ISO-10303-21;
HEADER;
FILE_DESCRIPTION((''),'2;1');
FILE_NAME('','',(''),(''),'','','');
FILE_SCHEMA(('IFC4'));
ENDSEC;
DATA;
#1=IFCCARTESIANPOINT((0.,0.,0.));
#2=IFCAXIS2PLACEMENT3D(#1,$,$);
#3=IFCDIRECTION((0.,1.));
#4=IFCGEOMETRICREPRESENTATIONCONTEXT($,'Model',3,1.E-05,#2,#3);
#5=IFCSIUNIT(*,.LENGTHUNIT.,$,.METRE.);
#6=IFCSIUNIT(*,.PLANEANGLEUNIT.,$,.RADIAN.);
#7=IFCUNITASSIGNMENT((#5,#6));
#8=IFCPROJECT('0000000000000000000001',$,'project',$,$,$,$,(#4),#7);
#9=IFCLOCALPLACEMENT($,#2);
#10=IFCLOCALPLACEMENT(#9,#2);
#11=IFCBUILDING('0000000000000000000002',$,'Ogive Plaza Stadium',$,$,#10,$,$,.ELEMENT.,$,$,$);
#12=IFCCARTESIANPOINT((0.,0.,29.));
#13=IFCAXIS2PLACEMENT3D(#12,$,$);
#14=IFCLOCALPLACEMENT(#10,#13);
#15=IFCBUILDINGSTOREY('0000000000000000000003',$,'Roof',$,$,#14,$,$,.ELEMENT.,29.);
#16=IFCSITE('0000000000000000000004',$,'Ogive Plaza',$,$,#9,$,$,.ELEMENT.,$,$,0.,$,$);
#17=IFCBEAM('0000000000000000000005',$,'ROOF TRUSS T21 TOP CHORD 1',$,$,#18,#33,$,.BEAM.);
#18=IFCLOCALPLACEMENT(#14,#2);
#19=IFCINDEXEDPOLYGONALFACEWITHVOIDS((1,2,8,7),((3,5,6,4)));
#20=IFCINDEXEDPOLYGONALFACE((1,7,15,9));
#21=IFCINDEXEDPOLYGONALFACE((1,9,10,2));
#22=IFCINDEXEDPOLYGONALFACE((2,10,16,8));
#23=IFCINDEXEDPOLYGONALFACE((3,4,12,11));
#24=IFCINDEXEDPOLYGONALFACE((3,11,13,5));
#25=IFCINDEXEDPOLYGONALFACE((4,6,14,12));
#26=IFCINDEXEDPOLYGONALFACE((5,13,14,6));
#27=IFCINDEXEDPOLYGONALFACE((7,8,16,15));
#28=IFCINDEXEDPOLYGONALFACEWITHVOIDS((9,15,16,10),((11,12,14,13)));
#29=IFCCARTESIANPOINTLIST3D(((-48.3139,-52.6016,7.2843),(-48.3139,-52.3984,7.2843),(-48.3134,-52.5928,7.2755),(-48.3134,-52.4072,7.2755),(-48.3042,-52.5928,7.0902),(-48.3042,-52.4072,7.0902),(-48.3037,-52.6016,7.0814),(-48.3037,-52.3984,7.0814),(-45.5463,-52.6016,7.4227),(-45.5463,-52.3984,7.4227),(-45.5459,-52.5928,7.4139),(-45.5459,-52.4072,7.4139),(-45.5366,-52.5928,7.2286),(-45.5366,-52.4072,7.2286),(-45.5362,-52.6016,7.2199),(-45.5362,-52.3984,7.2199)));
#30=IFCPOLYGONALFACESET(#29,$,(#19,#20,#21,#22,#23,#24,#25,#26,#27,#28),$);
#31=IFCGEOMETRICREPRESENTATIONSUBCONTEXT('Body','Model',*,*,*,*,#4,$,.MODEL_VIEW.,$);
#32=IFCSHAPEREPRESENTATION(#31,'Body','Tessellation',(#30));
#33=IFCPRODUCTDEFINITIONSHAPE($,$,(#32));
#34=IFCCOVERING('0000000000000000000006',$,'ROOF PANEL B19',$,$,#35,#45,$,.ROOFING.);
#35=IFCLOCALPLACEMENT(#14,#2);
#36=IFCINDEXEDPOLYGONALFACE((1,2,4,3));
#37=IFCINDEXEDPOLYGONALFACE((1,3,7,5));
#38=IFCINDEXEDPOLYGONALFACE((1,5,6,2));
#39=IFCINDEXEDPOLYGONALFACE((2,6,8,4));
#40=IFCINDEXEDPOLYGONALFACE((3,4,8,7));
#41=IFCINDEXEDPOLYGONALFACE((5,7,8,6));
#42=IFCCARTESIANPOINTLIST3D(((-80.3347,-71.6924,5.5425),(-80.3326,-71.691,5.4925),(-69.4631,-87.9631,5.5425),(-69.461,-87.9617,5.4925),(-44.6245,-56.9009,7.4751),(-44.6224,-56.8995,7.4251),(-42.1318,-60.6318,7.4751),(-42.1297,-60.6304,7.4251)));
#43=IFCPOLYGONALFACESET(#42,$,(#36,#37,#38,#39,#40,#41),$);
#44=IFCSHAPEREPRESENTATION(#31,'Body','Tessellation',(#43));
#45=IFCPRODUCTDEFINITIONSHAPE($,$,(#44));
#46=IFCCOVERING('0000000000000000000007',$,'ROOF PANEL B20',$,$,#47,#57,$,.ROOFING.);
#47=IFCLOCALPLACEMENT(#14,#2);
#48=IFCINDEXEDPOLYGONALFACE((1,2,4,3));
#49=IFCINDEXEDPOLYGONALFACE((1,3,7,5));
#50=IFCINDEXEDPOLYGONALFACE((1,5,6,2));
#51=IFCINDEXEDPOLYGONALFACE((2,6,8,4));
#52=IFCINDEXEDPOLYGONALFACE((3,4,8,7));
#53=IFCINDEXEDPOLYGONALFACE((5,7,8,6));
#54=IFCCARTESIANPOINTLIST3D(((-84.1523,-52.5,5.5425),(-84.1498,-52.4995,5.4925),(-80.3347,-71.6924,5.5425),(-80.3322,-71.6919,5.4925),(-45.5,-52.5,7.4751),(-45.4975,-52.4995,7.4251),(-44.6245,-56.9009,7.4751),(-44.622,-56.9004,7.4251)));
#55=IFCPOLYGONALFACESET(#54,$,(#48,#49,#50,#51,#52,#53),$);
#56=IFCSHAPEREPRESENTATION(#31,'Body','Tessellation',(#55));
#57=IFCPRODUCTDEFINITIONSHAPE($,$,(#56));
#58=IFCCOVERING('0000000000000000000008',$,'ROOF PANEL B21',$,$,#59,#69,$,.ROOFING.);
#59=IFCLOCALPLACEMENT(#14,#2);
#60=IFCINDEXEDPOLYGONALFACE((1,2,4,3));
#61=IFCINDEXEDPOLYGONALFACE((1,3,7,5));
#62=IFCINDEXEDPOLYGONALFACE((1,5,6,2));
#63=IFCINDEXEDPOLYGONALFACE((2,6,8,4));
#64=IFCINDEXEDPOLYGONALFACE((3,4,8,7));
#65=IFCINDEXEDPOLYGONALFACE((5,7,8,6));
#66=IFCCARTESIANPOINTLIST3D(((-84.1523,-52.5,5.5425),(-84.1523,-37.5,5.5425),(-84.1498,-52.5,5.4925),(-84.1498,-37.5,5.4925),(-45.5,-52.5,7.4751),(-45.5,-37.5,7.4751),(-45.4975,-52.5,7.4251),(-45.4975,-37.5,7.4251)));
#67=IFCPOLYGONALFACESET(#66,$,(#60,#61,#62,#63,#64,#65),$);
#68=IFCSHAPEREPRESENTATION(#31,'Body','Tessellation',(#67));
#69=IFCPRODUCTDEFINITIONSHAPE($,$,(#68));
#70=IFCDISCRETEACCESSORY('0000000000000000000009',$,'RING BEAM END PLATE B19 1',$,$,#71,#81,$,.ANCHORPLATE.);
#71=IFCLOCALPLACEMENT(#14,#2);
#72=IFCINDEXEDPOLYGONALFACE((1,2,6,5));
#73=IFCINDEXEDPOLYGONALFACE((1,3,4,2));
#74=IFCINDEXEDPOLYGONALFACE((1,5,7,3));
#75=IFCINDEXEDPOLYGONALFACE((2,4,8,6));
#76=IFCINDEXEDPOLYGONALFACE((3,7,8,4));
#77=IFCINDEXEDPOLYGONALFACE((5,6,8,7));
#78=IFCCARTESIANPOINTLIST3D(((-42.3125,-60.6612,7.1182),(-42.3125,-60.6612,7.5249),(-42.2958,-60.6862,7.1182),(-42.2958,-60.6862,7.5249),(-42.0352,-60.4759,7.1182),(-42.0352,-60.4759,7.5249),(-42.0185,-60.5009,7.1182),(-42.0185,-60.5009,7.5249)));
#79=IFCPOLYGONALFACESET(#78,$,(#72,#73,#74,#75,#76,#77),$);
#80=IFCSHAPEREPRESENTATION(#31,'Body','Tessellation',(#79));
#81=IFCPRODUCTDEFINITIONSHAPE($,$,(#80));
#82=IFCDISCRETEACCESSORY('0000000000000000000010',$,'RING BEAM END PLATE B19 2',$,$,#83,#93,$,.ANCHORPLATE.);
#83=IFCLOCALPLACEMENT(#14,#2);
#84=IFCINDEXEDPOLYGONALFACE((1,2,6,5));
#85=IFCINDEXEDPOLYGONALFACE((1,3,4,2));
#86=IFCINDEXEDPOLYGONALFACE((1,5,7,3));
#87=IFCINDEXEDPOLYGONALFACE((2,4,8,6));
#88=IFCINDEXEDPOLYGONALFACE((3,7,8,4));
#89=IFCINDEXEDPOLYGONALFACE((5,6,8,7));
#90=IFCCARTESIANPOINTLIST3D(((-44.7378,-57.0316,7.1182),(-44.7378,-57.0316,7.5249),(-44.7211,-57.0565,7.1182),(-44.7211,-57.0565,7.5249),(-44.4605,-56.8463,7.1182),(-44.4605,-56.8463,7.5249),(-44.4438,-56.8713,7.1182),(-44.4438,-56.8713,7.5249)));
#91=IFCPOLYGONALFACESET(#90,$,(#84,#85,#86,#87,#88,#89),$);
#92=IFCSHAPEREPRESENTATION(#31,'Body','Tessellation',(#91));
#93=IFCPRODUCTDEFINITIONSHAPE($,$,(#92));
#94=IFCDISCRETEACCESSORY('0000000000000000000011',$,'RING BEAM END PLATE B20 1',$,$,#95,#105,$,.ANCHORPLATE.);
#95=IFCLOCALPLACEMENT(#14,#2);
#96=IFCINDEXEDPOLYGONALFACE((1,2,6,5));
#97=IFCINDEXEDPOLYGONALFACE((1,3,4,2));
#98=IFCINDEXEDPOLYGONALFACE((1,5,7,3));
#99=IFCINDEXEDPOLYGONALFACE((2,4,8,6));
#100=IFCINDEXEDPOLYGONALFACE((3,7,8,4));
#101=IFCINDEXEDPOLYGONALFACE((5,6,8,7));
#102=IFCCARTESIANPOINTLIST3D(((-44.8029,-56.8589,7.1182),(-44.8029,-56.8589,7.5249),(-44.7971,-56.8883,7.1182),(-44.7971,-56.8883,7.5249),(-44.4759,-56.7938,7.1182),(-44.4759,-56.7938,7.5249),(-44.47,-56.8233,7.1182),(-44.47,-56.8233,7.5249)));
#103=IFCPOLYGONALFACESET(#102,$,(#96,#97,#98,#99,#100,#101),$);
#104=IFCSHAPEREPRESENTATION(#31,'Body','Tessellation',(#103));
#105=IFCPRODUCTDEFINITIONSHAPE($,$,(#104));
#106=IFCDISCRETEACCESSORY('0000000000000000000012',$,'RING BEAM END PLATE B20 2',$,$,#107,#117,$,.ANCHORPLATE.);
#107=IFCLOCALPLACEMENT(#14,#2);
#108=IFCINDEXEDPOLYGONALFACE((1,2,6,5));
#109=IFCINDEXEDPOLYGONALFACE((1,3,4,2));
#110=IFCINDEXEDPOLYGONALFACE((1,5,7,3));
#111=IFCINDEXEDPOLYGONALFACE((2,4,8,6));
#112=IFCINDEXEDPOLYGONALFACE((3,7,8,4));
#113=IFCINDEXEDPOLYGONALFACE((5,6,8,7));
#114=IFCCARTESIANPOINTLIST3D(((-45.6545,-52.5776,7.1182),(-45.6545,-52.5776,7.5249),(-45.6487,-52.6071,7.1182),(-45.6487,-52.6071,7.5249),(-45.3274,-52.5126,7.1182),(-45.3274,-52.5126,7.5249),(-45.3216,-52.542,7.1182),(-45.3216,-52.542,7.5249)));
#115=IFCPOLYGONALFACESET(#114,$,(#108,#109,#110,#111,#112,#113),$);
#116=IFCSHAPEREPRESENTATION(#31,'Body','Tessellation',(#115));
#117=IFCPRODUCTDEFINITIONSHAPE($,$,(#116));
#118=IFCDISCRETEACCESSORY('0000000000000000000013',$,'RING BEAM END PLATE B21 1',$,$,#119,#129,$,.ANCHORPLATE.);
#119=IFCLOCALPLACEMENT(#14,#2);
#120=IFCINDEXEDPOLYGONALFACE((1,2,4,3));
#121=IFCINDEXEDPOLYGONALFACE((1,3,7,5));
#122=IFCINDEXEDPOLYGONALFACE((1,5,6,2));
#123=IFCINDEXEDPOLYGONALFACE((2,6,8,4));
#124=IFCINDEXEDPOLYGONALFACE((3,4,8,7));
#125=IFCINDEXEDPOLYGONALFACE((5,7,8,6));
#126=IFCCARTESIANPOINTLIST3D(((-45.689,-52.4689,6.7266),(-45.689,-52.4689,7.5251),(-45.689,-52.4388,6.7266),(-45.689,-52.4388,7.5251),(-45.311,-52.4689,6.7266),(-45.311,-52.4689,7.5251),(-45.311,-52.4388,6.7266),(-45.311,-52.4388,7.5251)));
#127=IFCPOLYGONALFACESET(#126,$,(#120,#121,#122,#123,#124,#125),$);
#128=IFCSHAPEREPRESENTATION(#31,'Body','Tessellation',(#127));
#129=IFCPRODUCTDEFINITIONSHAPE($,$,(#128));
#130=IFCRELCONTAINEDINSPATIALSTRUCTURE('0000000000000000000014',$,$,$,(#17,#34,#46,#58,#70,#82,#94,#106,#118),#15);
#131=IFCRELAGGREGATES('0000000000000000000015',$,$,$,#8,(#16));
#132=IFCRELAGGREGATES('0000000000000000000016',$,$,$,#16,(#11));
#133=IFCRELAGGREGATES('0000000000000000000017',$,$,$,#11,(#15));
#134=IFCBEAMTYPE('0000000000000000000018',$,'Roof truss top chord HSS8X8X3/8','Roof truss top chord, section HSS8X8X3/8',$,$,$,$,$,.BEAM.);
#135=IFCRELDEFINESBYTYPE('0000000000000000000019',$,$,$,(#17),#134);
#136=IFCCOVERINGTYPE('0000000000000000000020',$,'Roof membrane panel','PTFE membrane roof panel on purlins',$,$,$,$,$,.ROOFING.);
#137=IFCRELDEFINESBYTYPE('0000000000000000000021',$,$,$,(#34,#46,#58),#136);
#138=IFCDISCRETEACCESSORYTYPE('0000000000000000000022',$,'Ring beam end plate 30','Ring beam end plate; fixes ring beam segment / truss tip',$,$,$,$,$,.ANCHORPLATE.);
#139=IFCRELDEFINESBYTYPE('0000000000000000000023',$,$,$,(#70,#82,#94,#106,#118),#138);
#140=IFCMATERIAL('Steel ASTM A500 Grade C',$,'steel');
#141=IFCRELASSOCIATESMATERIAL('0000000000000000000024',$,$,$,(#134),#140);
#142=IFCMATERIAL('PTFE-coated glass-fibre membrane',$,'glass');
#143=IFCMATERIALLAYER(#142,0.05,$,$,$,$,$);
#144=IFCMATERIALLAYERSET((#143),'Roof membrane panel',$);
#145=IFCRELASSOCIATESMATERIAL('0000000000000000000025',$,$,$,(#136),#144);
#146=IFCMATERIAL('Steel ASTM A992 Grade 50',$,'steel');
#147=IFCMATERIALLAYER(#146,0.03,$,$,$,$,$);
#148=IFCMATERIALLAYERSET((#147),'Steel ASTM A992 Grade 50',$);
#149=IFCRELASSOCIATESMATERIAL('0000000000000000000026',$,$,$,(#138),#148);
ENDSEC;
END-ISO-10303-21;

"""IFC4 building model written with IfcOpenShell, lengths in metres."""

from ifc_helpers import new_model, si_unit, direction, frame, origin, origin_2d, place, context, subcontext, project, spatial, polyline, rectangle, hollow_rectangle, outline, extrude, material, layer, layer_set, material_profile, profile_set, type_object, element, save


model = new_model("IFC4")

# Units and contexts
model_context = context("Model", 3, precision=1e-05, world=origin(), true_north=direction((0.0, 1.0)))
body_context = subcontext(model_context, "Body", "Model", "MODEL_VIEW")
ifc_project = project(units=[si_unit("LENGTHUNIT", "METRE"), si_unit("PLANEANGLEUNIT", "RADIAN")], contexts=[model_context])

# Site, building, storey
site_placement = place(None, origin())
site = spatial("IfcSite", under=ifc_project, at=site_placement, Name="Ogive Plaza", CompositionType="ELEMENT", RefElevation=0.0)
building_placement = place(site_placement, origin())
building = spatial("IfcBuilding", under=site, at=building_placement, Name="Ogive Plaza Stadium", CompositionType="ELEMENT")
storey_placement = place(building_placement, frame((0.0, 0.0, 29.0)))
storey = spatial("IfcBuildingStorey", under=building, at=storey_placement, Name="Roof", CompositionType="ELEMENT", Elevation=29.0)

# Beam
ifc_material_1 = material(Name="Steel ASTM A500 Grade C", Category="steel")
ifc_material_profile_1 = material_profile(ifc_material_1, hollow_rectangle(XDim=0.2031, YDim=0.2031, WallThickness=0.0088, at=origin_2d()), Name="HSS8X8X3/8")
ifc_profile_set_1 = profile_set([ifc_material_profile_1], Name="Steel ASTM A500 Grade C")
beam_type_1 = type_object("IfcBeamType", Name="Roof truss top chord HSS8X8X3/8", Description="Roof truss top chord, section HSS8X8X3/8", PredefinedType="BEAM", material=ifc_profile_set_1)
beam_1_placement = place(storey_placement, frame((-45.5413, -52.5, 7.3213), z_axis=(-0.998751, 0.0, -0.049955), x_axis=(0.0, -1.0, 0.0)))
element("IfcBeam", 1, at=beam_1_placement, inside=storey, type_object=beam_type_1, Name="ROOF TRUSS T21 TOP CHORD 1", PredefinedType="BEAM", context=body_context, shape_type="SweptSolid", body=[
    extrude(hollow_rectangle(XDim=0.2031, YDim=0.2031, WallThickness=0.0088, at=origin_2d()), origin(), (0.0, 0.0, 1.0), 2.771),
])

# Coverings
ifc_material_2 = material(Name="PTFE-coated glass-fibre membrane", Category="glass")
ifc_layer_1 = layer(ifc_material_2, 0.05)
ifc_layer_set_1 = layer_set([ifc_layer_1], Name="Roof membrane panel")
covering_type = type_object("IfcCoveringType", Name="Roof membrane panel", Description="PTFE membrane roof panel on purlins", PredefinedType="ROOFING", material=ifc_layer_set_1)
covering_1_placement = place(storey_placement, frame((-42.1318, -60.6318, 7.4751), z_axis=(-0.042333, -0.028285, 0.998703), x_axis=(-0.706225, -0.706225, -0.049937)))
element("IfcCovering", 2, at=covering_1_placement, inside=storey, type_object=covering_type, Name="ROOF PANEL B19", PredefinedType="ROOFING", context=body_context, shape_type="SweptSolid", body=[
    extrude(outline(polyline([(0.0, 0.0), (38.7006, 0.0), (34.8876, -19.1935), (-0.8745, -4.401), (0.0, 0.0)])), origin(), (0.0, 0.0, -1.0), 0.05),
])
covering_2_placement = place(storey_placement, frame((-44.6245, -56.9009, 7.4751), z_axis=(-0.049935, -0.009933, 0.998703), x_axis=(-0.922728, -0.382203, -0.049938)))
element("IfcCovering", 3, at=covering_2_placement, inside=storey, type_object=covering_type, Name="ROOF PANEL B20", PredefinedType="ROOFING", context=body_context, shape_type="SweptSolid", body=[
    extrude(outline(polyline([(0.0, 0.0), (38.7007, 0.0), (34.8879, -19.1934), (-0.8742, -4.4011), (0.0, 0.0)])), origin(), (0.0, 0.0, -1.0), 0.05),
])
covering_3_placement = place(storey_placement, frame((-45.5, -52.5, 7.4751), z_axis=(-0.049938, 0.0, 0.998752), x_axis=(-0.998752, 0.0, -0.049938)))
element("IfcCovering", 4, at=covering_3_placement, inside=storey, type_object=covering_type, Name="ROOF PANEL B21", PredefinedType="ROOFING", context=body_context, shape_type="SweptSolid", body=[
    extrude(outline(polyline([(0.0, 0.0), (38.7006, 0.0), (38.7006, -15.0), (0.0, -15.0), (0.0, 0.0)])), origin(), (0.0, 0.0, -1.0), 0.05),
])

# Discrete accessories
ifc_material_3 = material(Name="Steel ASTM A992 Grade 50", Category="steel")
ifc_layer_2 = layer(ifc_material_3, 0.03)
ifc_layer_set_2 = layer_set([ifc_layer_2], Name="Steel ASTM A992 Grade 50")
discrete_accessory_type = type_object("IfcDiscreteAccessoryType", Name="Ring beam end plate 30", Description="Ring beam end plate; fixes ring beam segment / truss tip", PredefinedType="ANCHORPLATE", material=ifc_layer_set_2)
for number, where, z_axis, x_axis, name in (
    (5, (-42.1655, -60.5811, 7.1182), (0.0, 0.0, 1.0), (-0.55557, 0.83147, 0.0), "RING BEAM END PLATE B19 1"),
    (6, (-44.5908, -56.9514, 7.1182), (0.0, 0.0, 1.0), (-0.55557, 0.83147, 0.0), "RING BEAM END PLATE B19 2"),
    (7, (-44.6365, -56.8411, 7.1182), (0.0, 0.0, 1.0), (-0.19509, 0.980785, 0.0), "RING BEAM END PLATE B20 1"),
    (8, (-45.488, -52.5598, 7.1182), (0.0, 0.0, 1.0), (-0.19509, 0.980785, 0.0), "RING BEAM END PLATE B20 2"),
):
    element("IfcDiscreteAccessory", number, at=place(storey_placement, frame(where, z_axis=z_axis, x_axis=x_axis)), inside=storey, type_object=discrete_accessory_type, Name=name, PredefinedType="ANCHORPLATE", context=body_context, shape_type="SweptSolid", body=[
        extrude(rectangle(XDim=0.03, YDim=0.3335, at=origin_2d()), origin(), (0.0, 0.0, 1.0), 0.4067),
    ])
discrete_accessory_placement = place(storey_placement, frame((-45.5, -52.4539, 6.7266), z_axis=(0.0, 0.0, 1.0), x_axis=(0.0, 1.0, 0.0)))
element("IfcDiscreteAccessory", 9, at=discrete_accessory_placement, inside=storey, type_object=discrete_accessory_type, Name="RING BEAM END PLATE B21 1", PredefinedType="ANCHORPLATE", context=body_context, shape_type="SweptSolid", body=[
    extrude(rectangle(XDim=0.03, YDim=0.3779, at=origin_2d()), origin(), (0.0, 0.0, 1.0), 0.7986),
])

save(model, "model.ifc")
